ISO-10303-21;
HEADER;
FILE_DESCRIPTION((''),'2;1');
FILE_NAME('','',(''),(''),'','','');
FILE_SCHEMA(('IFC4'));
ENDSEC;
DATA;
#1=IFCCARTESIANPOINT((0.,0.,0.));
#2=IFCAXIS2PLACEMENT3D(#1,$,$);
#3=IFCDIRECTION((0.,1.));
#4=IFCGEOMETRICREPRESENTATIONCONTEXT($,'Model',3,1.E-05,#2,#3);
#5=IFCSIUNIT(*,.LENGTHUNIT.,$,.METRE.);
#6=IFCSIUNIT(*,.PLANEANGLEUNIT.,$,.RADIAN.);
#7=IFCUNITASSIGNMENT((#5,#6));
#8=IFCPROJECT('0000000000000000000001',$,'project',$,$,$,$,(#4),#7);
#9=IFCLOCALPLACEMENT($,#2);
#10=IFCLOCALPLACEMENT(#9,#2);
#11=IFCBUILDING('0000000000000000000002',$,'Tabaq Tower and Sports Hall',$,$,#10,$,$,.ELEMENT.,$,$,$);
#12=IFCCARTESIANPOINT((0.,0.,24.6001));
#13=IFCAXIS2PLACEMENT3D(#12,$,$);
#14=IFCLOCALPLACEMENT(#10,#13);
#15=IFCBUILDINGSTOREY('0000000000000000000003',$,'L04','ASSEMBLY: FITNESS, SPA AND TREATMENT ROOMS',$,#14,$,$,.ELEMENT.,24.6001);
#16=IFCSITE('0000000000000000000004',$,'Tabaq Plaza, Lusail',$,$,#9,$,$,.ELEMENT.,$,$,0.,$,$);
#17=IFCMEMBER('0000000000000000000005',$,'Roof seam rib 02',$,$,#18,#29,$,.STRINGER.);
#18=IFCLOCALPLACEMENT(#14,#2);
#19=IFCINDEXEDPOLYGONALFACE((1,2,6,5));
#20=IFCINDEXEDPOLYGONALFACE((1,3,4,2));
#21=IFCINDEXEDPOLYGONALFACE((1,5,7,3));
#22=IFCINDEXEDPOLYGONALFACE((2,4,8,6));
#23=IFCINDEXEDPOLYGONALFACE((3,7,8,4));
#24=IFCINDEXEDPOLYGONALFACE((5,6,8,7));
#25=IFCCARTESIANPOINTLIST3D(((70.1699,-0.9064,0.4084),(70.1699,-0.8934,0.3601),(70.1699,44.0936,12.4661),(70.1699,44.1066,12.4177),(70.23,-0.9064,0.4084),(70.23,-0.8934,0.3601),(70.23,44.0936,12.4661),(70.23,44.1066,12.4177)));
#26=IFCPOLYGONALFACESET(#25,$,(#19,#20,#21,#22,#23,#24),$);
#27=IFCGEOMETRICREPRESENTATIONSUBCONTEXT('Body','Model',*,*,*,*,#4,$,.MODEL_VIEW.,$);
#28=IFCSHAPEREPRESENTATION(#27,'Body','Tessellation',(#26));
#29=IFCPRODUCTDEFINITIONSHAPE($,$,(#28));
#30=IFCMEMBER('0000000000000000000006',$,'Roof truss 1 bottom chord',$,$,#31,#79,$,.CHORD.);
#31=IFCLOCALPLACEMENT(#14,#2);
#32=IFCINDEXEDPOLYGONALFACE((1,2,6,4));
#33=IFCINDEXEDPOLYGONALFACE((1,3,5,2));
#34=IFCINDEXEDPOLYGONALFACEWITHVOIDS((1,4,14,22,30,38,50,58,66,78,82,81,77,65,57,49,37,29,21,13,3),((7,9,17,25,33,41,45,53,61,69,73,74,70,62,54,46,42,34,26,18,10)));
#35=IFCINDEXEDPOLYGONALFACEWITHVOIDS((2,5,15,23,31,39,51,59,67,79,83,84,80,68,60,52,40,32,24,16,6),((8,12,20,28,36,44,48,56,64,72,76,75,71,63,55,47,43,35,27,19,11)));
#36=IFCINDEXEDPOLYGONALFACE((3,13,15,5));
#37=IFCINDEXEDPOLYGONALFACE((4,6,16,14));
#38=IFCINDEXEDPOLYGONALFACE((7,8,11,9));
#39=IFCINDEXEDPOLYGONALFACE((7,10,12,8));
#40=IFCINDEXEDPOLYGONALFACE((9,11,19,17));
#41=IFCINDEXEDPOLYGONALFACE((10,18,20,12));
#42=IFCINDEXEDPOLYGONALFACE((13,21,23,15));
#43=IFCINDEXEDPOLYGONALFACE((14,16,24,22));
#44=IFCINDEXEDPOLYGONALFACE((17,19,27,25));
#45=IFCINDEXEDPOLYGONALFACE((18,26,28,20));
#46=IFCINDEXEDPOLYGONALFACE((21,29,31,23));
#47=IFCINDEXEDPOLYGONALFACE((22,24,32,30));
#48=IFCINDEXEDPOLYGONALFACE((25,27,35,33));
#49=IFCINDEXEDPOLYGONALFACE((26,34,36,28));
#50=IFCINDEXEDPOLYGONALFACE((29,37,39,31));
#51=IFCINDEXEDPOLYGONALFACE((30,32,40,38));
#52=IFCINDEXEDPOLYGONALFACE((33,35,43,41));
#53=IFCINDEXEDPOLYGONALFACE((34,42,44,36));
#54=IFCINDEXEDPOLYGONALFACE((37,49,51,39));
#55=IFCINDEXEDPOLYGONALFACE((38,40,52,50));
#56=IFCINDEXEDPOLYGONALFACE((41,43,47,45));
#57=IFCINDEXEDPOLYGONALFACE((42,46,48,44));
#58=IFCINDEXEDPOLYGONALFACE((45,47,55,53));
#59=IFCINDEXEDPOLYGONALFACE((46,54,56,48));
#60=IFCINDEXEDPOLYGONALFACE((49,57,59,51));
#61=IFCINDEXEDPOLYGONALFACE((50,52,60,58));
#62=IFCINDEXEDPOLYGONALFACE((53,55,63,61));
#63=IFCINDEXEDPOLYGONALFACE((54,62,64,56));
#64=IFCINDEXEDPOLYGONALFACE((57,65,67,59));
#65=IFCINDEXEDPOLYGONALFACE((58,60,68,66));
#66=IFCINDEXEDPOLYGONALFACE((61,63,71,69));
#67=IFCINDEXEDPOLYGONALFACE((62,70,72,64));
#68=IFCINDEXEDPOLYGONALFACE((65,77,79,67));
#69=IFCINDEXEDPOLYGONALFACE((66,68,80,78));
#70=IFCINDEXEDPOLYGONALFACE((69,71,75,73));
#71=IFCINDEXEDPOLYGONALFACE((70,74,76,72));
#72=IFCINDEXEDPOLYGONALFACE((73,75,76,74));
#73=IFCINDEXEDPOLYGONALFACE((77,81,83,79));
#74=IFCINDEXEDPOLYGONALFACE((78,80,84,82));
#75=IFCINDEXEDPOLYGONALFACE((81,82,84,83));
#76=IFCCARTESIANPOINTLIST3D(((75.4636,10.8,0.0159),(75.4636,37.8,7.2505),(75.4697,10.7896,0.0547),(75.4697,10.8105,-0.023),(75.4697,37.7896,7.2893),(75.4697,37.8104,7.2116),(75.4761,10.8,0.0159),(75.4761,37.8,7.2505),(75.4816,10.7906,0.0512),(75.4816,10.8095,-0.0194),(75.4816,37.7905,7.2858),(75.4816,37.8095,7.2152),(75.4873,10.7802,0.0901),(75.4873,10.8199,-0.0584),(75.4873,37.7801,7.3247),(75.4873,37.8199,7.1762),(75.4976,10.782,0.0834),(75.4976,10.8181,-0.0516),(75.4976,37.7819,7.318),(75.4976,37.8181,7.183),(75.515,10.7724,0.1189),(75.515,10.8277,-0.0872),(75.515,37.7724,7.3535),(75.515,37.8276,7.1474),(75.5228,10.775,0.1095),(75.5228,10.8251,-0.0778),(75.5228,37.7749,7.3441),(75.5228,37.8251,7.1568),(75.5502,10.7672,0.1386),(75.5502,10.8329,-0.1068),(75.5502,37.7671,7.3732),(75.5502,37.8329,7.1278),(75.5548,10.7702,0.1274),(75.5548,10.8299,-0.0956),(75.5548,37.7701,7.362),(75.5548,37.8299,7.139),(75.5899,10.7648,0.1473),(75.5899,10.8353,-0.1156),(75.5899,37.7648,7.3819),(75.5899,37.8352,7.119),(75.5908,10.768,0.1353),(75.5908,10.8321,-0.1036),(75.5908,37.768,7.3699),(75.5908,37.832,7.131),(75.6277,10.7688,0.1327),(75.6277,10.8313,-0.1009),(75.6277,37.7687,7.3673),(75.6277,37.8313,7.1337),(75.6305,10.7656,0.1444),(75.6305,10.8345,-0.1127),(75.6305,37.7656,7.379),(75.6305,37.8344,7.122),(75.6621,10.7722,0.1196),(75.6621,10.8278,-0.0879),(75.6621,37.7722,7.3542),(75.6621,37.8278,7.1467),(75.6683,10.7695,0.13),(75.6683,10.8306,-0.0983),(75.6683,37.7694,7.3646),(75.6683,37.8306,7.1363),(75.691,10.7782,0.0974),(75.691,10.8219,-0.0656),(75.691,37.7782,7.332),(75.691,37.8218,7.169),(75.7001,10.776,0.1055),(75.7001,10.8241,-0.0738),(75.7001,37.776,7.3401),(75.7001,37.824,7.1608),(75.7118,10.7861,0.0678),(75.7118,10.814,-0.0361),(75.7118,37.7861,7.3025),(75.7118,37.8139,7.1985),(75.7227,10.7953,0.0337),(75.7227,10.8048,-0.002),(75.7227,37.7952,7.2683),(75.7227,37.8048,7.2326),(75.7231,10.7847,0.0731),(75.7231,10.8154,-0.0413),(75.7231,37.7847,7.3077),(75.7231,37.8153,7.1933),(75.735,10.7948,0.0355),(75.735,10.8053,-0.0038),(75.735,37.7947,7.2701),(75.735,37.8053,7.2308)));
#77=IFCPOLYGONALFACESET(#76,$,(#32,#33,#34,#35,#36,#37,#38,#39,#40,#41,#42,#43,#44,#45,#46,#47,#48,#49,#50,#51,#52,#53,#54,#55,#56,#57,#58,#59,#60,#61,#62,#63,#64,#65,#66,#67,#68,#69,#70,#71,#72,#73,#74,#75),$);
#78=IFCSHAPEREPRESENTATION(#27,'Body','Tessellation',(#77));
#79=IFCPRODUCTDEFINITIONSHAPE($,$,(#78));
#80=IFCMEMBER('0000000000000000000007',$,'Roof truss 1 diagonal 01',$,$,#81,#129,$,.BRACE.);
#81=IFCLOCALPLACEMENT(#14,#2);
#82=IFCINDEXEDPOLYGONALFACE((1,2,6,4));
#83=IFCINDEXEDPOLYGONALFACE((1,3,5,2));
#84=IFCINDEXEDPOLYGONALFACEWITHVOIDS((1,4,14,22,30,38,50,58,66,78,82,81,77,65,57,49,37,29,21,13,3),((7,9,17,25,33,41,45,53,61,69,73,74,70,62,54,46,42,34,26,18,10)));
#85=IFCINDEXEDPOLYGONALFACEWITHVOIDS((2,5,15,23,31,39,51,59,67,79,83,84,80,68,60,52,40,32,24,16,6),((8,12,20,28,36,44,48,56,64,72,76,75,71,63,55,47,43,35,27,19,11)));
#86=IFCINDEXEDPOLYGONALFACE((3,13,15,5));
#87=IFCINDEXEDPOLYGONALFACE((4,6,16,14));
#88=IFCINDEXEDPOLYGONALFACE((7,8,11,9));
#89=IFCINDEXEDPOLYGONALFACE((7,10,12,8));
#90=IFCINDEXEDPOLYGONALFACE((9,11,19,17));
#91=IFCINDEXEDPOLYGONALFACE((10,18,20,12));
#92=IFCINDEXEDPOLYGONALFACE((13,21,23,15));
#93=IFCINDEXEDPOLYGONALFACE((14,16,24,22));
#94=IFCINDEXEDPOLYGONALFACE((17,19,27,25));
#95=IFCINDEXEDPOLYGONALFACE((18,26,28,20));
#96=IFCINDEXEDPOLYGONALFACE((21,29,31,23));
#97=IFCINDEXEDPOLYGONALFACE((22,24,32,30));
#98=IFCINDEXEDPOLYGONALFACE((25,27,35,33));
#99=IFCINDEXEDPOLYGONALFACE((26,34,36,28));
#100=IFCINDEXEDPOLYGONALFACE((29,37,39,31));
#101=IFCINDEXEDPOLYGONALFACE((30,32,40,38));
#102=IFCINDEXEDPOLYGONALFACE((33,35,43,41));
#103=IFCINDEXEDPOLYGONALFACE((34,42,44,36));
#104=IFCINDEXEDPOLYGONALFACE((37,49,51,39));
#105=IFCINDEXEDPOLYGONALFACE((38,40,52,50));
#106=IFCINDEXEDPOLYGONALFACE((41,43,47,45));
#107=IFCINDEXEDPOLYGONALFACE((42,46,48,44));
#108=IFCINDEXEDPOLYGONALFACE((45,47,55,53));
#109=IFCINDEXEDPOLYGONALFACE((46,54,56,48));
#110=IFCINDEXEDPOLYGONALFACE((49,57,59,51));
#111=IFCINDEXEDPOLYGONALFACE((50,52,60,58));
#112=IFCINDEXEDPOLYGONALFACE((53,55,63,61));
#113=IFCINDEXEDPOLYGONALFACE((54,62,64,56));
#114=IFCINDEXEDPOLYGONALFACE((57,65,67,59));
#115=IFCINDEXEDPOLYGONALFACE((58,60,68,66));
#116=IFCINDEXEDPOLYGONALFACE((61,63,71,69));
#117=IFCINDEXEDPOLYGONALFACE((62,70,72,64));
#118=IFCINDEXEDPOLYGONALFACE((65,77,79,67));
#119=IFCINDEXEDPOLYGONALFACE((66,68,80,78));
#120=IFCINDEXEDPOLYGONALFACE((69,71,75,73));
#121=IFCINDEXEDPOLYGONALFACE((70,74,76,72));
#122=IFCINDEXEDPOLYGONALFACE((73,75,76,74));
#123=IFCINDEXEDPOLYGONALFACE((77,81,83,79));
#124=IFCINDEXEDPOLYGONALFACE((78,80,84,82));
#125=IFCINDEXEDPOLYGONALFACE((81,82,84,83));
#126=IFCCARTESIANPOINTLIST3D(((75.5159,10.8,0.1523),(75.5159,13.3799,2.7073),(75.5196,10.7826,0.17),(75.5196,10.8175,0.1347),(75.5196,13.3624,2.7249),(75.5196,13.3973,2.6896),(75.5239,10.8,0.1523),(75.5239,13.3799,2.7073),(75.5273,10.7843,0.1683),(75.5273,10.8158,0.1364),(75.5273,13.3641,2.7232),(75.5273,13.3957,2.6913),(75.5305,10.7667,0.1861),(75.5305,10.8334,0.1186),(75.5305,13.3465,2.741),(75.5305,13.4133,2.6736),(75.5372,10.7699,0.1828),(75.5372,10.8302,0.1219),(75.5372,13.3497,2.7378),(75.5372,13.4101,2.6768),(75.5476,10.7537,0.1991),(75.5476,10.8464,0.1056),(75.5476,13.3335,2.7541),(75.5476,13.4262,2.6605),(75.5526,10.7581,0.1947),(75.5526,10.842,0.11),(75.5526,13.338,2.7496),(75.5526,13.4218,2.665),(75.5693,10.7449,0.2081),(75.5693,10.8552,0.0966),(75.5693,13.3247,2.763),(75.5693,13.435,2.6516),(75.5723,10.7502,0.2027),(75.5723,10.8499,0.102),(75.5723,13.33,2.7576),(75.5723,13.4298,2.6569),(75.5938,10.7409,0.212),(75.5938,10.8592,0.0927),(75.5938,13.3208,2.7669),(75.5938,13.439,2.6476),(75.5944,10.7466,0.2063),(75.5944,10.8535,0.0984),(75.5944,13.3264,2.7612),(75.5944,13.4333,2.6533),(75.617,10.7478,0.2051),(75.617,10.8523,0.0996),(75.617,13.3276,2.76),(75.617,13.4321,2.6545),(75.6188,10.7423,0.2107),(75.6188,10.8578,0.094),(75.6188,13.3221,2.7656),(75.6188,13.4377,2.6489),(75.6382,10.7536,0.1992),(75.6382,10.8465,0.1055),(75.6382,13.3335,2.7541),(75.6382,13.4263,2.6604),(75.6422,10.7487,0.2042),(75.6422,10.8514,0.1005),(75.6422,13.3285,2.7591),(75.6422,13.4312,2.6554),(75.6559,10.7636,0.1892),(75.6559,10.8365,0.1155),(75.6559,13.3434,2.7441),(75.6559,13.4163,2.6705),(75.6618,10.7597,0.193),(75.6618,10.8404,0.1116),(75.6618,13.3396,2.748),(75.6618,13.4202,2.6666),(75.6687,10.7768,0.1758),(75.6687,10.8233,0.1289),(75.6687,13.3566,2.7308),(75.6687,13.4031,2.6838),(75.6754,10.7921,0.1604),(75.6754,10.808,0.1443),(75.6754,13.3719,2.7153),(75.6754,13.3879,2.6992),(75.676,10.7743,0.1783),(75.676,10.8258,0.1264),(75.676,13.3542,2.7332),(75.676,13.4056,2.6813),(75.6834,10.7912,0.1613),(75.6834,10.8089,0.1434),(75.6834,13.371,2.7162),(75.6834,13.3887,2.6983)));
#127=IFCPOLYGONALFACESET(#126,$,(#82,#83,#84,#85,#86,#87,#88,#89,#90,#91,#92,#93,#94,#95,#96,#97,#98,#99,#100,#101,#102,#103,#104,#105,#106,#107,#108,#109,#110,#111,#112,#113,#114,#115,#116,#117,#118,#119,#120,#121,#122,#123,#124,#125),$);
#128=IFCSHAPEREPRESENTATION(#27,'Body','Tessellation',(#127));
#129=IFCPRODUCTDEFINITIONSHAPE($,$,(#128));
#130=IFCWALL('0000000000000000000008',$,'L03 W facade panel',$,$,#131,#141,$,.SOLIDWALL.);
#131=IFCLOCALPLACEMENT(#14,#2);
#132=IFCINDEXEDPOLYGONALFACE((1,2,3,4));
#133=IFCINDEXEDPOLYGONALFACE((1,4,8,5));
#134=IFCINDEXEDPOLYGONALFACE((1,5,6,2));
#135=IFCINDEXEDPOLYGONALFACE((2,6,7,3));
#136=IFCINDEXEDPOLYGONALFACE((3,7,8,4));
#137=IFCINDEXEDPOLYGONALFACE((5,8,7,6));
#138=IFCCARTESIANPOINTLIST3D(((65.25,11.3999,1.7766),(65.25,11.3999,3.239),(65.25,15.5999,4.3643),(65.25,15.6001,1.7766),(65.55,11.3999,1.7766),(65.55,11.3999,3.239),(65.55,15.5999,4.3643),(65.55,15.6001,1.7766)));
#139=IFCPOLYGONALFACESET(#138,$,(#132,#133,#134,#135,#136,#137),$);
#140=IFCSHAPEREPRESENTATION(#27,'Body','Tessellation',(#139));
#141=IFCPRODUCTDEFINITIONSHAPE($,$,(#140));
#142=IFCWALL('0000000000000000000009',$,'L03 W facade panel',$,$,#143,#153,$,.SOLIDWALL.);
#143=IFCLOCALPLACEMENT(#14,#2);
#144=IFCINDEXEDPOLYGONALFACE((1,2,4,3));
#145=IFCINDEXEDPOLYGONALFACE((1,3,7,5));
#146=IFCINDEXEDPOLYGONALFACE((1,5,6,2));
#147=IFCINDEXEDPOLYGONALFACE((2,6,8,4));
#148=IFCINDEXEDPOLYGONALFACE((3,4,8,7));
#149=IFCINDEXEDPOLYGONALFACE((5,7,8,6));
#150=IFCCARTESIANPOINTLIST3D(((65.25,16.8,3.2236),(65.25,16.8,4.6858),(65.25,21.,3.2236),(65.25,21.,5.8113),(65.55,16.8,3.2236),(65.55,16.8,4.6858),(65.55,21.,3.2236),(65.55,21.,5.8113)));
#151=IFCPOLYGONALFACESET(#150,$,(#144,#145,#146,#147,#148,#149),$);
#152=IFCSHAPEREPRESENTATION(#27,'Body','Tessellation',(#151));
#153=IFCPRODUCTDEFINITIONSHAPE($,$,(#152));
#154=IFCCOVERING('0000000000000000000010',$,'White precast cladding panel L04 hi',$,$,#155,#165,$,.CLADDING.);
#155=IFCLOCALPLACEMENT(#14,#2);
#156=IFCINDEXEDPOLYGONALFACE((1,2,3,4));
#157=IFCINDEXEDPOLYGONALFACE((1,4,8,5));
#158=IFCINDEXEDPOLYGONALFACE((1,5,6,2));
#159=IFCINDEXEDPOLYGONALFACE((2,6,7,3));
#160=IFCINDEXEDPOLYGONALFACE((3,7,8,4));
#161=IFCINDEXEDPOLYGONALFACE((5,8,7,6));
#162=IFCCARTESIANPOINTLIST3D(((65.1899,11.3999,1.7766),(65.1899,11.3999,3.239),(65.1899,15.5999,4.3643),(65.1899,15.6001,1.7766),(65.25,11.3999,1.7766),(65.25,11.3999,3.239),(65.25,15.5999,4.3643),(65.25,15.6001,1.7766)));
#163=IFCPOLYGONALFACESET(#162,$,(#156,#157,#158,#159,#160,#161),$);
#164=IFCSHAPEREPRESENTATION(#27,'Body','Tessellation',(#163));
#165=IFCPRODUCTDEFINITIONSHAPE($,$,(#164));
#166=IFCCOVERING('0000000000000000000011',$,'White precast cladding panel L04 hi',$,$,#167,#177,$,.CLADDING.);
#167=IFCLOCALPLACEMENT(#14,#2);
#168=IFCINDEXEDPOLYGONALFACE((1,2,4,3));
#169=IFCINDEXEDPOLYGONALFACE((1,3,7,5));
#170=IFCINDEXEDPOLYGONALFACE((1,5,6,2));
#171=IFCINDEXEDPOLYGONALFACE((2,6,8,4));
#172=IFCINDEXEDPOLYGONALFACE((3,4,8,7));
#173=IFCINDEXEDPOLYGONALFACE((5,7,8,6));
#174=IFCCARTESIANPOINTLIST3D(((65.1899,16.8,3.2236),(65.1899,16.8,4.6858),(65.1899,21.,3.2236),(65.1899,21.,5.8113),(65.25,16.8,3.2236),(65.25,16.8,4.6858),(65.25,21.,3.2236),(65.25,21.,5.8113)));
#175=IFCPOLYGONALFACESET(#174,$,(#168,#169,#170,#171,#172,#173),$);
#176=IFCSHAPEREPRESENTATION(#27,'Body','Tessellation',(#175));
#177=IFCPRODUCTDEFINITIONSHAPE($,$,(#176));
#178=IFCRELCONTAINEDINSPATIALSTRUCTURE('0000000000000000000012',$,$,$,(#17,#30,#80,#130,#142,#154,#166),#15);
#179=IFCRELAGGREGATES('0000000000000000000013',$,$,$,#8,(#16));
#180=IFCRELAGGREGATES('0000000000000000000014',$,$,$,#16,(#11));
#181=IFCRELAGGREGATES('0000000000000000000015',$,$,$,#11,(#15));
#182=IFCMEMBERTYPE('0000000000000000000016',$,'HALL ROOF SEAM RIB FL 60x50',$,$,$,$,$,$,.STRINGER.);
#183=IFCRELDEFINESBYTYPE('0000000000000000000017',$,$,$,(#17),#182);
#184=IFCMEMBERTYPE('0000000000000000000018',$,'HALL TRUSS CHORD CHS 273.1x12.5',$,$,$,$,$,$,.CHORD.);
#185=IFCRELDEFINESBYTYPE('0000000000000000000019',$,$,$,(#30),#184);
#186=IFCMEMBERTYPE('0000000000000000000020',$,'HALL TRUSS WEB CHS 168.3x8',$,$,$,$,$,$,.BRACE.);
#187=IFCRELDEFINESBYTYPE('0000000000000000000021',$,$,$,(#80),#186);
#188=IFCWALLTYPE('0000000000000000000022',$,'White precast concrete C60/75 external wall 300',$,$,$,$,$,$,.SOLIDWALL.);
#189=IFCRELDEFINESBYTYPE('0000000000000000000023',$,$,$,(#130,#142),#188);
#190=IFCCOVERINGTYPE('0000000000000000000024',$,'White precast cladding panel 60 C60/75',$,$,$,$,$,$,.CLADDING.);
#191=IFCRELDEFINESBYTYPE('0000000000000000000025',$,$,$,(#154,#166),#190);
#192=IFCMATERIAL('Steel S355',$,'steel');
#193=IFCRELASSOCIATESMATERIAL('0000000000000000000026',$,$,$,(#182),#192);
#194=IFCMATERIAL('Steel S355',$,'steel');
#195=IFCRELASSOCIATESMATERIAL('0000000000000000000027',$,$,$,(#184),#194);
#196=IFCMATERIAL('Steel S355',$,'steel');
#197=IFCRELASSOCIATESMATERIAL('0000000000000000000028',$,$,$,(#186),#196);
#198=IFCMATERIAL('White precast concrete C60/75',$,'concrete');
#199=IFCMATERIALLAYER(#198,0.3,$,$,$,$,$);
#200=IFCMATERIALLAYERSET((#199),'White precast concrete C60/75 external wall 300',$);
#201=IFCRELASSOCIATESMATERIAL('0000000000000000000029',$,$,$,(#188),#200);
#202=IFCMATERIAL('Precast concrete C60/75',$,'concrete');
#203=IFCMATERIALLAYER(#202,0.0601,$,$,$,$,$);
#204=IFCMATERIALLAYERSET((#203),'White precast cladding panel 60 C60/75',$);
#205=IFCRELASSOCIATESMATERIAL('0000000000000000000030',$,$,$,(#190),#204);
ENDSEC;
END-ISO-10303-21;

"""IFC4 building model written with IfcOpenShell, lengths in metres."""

from ifc_helpers import new_model, si_unit, direction, frame, origin, origin_2d, place, context, subcontext, project, spatial, polyline, rectangle, hollow_circle, outline, extrude, material, layer, layer_set, material_profile, profile_set, type_object, element, save


model = new_model("IFC4")

# Units and contexts
model_context = context("Model", 3, precision=1e-05, world=origin(), true_north=direction((0.0, 1.0)))
body_context = subcontext(model_context, "Body", "Model", "MODEL_VIEW")
ifc_project = project(units=[si_unit("LENGTHUNIT", "METRE"), si_unit("PLANEANGLEUNIT", "RADIAN")], contexts=[model_context])

# Site, building, storey
site_placement = place(None, origin())
site = spatial("IfcSite", under=ifc_project, at=site_placement, Name="Tabaq Plaza, Lusail", CompositionType="ELEMENT", RefElevation=0.0)
building_placement = place(site_placement, origin())
building = spatial("IfcBuilding", under=site, at=building_placement, Name="Tabaq Tower and Sports Hall", CompositionType="ELEMENT")
storey_placement = place(building_placement, frame((0.0, 0.0, 24.6001)))
storey = spatial("IfcBuildingStorey", under=building, at=storey_placement, Name="L04", Description="ASSEMBLY: FITNESS, SPA AND TREATMENT ROOMS", CompositionType="ELEMENT", Elevation=24.6001)

# Members
ifc_material_1 = material(Name="Steel S355", Category="steel")
ifc_material_profile_1 = material_profile(ifc_material_1, rectangle(XDim=0.0601, YDim=0.05, at=origin_2d()), Name="FL 60x50")
ifc_profile_set_1 = profile_set([ifc_material_profile_1], Name="Steel S355")
member_type_1 = type_object("IfcMemberType", Name="HALL ROOF SEAM RIB FL 60x50", PredefinedType="STRINGER", material=ifc_profile_set_1)
for number, where, z_axis, x_axis, name in (
    (1, (70.2, -0.8999, 0.3843), (0.0, 0.965926, 0.258817), (-1.0, 0.0, 0.0), "Roof seam rib 02"),
):
    element("IfcMember", number, at=place(storey_placement, frame(where, z_axis=z_axis, x_axis=x_axis)), inside=storey, type_object=member_type_1, Name=name, PredefinedType="STRINGER", context=body_context, shape_type="SweptSolid", body=[
        extrude(rectangle(XDim=0.0601, YDim=0.05, at=origin_2d()), origin(), (0.0, 0.0, 1.0), 46.5874),
    ])
ifc_material_2 = material(Name="Steel S355", Category="steel")
ifc_material_profile_2 = material_profile(ifc_material_2, hollow_circle(Radius=0.1365, WallThickness=0.0125, at=origin_2d()), Name="CHS 273.1x12.5")
ifc_profile_set_2 = profile_set([ifc_material_profile_2], Name="Steel S355")
member_type_2 = type_object("IfcMemberType", Name="HALL TRUSS CHORD CHS 273.1x12.5", PredefinedType="CHORD", material=ifc_profile_set_2)
member_1_placement = place(storey_placement, frame((75.6001, 10.8, 0.0159), z_axis=(0.0, 0.965926, 0.258819), x_axis=(-1.0, 0.0, 0.0)))
element("IfcMember", 2, at=member_1_placement, inside=storey, type_object=member_type_2, Name="Roof truss 1 bottom chord", PredefinedType="CHORD", context=body_context, shape_type="SweptSolid", body=[
    extrude(hollow_circle(Radius=0.1365, WallThickness=0.0125, at=origin_2d()), origin(), (0.0, 0.0, 1.0), 27.9524),
])
ifc_material_3 = material(Name="Steel S355", Category="steel")
ifc_material_profile_3 = material_profile(ifc_material_3, hollow_circle(Radius=0.0842, WallThickness=0.0081, at=origin_2d()), Name="CHS 168.3x8")
ifc_profile_set_3 = profile_set([ifc_material_profile_3], Name="Steel S355")
member_type_3 = type_object("IfcMemberType", Name="HALL TRUSS WEB CHS 168.3x8", PredefinedType="BRACE", material=ifc_profile_set_3)
member_2_placement = place(storey_placement, frame((75.6001, 10.8, 0.1523), z_axis=(0.0, 0.710528, 0.703669), x_axis=(-1.0, 0.0, 0.0)))
element("IfcMember", 3, at=member_2_placement, inside=storey, type_object=member_type_3, Name="Roof truss 1 diagonal 01", PredefinedType="BRACE", context=body_context, shape_type="SweptSolid", body=[
    extrude(hollow_circle(Radius=0.0842, WallThickness=0.0081, at=origin_2d()), origin(), (0.0, 0.0, 1.0), 3.6309),
])

# Walls
ifc_material_4 = material(Name="White precast concrete C60/75", Category="concrete")
ifc_layer_1 = layer(ifc_material_4, 0.3)
ifc_layer_set_1 = layer_set([ifc_layer_1], Name="White precast concrete C60/75 external wall 300")
wall_type = type_object("IfcWallType", Name="White precast concrete C60/75 external wall 300", PredefinedType="SOLIDWALL", material=ifc_layer_set_1)
wall_1_placement = place(storey_placement, frame((65.3999, 11.3999, 1.7766), z_axis=(0.0, 0.0, 1.0), x_axis=(0.0, 1.0, 0.0)))
element("IfcWall", 4, at=wall_1_placement, inside=storey, type_object=wall_type, Name="L03 W facade panel", PredefinedType="SOLIDWALL", context=body_context, shape_type="SweptSolid", body=[
    extrude(outline(polyline([(0.0, 0.0), (4.2002, 0.0), (4.2, 2.5876), (0.0, 1.4624), (0.0, 0.0)])), frame((0.0, 0.1499, 0.0), z_axis=(0.0, -1.0, 0.0), x_axis=(1.0, 0.0, 0.0)), (0.0, 0.0, 1.0), 0.3),
])
wall_2_placement = place(storey_placement, frame((65.3999, 16.8, 3.2236), z_axis=(0.0, 0.0, 1.0), x_axis=(0.0, 1.0, 0.0)))
element("IfcWall", 5, at=wall_2_placement, inside=storey, type_object=wall_type, Name="L03 W facade panel", PredefinedType="SOLIDWALL", context=body_context, shape_type="SweptSolid", body=[
    extrude(outline(polyline([(0.0, 0.0), (4.2, 0.0), (4.2, 2.5876), (0.0, 1.4622), (0.0, 0.0)])), frame((0.0, 0.1499, 0.0), z_axis=(0.0, -1.0, 0.0), x_axis=(1.0, 0.0, 0.0)), (0.0, 0.0, 1.0), 0.3),
])

# Coverings
ifc_material_5 = material(Name="Precast concrete C60/75", Category="concrete")
ifc_layer_2 = layer(ifc_material_5, 0.0601)
ifc_layer_set_2 = layer_set([ifc_layer_2], Name="White precast cladding panel 60 C60/75")
covering_type = type_object("IfcCoveringType", Name="White precast cladding panel 60 C60/75", PredefinedType="CLADDING", material=ifc_layer_set_2)
covering_1_placement = place(storey_placement, frame((65.22, 11.3999, 1.7766), z_axis=(0.0, 0.0, 1.0), x_axis=(0.0, 1.0, 0.0)))
element("IfcCovering", 6, at=covering_1_placement, inside=storey, type_object=covering_type, Name="White precast cladding panel L04 hi", PredefinedType="CLADDING", context=body_context, shape_type="SweptSolid", body=[
    extrude(outline(polyline([(0.0, 0.0), (4.2002, 0.0), (4.2, 2.5876), (0.0, 1.4624), (0.0, 0.0)])), frame((0.0, 0.03, 0.0), z_axis=(0.0, -1.0, 0.0), x_axis=(1.0, 0.0, 0.0)), (0.0, 0.0, 1.0), 0.0601),
])
covering_2_placement = place(storey_placement, frame((65.22, 16.8, 3.2236), z_axis=(0.0, 0.0, 1.0), x_axis=(0.0, 1.0, 0.0)))
element("IfcCovering", 7, at=covering_2_placement, inside=storey, type_object=covering_type, Name="White precast cladding panel L04 hi", PredefinedType="CLADDING", context=body_context, shape_type="SweptSolid", body=[
    extrude(outline(polyline([(0.0, 0.0), (4.2, 0.0), (4.2, 2.5876), (0.0, 1.4622), (0.0, 0.0)])), frame((0.0, 0.03, 0.0), z_axis=(0.0, -1.0, 0.0), x_axis=(1.0, 0.0, 0.0)), (0.0, 0.0, 1.0), 0.0601),
])

save(model, "model.ifc")
